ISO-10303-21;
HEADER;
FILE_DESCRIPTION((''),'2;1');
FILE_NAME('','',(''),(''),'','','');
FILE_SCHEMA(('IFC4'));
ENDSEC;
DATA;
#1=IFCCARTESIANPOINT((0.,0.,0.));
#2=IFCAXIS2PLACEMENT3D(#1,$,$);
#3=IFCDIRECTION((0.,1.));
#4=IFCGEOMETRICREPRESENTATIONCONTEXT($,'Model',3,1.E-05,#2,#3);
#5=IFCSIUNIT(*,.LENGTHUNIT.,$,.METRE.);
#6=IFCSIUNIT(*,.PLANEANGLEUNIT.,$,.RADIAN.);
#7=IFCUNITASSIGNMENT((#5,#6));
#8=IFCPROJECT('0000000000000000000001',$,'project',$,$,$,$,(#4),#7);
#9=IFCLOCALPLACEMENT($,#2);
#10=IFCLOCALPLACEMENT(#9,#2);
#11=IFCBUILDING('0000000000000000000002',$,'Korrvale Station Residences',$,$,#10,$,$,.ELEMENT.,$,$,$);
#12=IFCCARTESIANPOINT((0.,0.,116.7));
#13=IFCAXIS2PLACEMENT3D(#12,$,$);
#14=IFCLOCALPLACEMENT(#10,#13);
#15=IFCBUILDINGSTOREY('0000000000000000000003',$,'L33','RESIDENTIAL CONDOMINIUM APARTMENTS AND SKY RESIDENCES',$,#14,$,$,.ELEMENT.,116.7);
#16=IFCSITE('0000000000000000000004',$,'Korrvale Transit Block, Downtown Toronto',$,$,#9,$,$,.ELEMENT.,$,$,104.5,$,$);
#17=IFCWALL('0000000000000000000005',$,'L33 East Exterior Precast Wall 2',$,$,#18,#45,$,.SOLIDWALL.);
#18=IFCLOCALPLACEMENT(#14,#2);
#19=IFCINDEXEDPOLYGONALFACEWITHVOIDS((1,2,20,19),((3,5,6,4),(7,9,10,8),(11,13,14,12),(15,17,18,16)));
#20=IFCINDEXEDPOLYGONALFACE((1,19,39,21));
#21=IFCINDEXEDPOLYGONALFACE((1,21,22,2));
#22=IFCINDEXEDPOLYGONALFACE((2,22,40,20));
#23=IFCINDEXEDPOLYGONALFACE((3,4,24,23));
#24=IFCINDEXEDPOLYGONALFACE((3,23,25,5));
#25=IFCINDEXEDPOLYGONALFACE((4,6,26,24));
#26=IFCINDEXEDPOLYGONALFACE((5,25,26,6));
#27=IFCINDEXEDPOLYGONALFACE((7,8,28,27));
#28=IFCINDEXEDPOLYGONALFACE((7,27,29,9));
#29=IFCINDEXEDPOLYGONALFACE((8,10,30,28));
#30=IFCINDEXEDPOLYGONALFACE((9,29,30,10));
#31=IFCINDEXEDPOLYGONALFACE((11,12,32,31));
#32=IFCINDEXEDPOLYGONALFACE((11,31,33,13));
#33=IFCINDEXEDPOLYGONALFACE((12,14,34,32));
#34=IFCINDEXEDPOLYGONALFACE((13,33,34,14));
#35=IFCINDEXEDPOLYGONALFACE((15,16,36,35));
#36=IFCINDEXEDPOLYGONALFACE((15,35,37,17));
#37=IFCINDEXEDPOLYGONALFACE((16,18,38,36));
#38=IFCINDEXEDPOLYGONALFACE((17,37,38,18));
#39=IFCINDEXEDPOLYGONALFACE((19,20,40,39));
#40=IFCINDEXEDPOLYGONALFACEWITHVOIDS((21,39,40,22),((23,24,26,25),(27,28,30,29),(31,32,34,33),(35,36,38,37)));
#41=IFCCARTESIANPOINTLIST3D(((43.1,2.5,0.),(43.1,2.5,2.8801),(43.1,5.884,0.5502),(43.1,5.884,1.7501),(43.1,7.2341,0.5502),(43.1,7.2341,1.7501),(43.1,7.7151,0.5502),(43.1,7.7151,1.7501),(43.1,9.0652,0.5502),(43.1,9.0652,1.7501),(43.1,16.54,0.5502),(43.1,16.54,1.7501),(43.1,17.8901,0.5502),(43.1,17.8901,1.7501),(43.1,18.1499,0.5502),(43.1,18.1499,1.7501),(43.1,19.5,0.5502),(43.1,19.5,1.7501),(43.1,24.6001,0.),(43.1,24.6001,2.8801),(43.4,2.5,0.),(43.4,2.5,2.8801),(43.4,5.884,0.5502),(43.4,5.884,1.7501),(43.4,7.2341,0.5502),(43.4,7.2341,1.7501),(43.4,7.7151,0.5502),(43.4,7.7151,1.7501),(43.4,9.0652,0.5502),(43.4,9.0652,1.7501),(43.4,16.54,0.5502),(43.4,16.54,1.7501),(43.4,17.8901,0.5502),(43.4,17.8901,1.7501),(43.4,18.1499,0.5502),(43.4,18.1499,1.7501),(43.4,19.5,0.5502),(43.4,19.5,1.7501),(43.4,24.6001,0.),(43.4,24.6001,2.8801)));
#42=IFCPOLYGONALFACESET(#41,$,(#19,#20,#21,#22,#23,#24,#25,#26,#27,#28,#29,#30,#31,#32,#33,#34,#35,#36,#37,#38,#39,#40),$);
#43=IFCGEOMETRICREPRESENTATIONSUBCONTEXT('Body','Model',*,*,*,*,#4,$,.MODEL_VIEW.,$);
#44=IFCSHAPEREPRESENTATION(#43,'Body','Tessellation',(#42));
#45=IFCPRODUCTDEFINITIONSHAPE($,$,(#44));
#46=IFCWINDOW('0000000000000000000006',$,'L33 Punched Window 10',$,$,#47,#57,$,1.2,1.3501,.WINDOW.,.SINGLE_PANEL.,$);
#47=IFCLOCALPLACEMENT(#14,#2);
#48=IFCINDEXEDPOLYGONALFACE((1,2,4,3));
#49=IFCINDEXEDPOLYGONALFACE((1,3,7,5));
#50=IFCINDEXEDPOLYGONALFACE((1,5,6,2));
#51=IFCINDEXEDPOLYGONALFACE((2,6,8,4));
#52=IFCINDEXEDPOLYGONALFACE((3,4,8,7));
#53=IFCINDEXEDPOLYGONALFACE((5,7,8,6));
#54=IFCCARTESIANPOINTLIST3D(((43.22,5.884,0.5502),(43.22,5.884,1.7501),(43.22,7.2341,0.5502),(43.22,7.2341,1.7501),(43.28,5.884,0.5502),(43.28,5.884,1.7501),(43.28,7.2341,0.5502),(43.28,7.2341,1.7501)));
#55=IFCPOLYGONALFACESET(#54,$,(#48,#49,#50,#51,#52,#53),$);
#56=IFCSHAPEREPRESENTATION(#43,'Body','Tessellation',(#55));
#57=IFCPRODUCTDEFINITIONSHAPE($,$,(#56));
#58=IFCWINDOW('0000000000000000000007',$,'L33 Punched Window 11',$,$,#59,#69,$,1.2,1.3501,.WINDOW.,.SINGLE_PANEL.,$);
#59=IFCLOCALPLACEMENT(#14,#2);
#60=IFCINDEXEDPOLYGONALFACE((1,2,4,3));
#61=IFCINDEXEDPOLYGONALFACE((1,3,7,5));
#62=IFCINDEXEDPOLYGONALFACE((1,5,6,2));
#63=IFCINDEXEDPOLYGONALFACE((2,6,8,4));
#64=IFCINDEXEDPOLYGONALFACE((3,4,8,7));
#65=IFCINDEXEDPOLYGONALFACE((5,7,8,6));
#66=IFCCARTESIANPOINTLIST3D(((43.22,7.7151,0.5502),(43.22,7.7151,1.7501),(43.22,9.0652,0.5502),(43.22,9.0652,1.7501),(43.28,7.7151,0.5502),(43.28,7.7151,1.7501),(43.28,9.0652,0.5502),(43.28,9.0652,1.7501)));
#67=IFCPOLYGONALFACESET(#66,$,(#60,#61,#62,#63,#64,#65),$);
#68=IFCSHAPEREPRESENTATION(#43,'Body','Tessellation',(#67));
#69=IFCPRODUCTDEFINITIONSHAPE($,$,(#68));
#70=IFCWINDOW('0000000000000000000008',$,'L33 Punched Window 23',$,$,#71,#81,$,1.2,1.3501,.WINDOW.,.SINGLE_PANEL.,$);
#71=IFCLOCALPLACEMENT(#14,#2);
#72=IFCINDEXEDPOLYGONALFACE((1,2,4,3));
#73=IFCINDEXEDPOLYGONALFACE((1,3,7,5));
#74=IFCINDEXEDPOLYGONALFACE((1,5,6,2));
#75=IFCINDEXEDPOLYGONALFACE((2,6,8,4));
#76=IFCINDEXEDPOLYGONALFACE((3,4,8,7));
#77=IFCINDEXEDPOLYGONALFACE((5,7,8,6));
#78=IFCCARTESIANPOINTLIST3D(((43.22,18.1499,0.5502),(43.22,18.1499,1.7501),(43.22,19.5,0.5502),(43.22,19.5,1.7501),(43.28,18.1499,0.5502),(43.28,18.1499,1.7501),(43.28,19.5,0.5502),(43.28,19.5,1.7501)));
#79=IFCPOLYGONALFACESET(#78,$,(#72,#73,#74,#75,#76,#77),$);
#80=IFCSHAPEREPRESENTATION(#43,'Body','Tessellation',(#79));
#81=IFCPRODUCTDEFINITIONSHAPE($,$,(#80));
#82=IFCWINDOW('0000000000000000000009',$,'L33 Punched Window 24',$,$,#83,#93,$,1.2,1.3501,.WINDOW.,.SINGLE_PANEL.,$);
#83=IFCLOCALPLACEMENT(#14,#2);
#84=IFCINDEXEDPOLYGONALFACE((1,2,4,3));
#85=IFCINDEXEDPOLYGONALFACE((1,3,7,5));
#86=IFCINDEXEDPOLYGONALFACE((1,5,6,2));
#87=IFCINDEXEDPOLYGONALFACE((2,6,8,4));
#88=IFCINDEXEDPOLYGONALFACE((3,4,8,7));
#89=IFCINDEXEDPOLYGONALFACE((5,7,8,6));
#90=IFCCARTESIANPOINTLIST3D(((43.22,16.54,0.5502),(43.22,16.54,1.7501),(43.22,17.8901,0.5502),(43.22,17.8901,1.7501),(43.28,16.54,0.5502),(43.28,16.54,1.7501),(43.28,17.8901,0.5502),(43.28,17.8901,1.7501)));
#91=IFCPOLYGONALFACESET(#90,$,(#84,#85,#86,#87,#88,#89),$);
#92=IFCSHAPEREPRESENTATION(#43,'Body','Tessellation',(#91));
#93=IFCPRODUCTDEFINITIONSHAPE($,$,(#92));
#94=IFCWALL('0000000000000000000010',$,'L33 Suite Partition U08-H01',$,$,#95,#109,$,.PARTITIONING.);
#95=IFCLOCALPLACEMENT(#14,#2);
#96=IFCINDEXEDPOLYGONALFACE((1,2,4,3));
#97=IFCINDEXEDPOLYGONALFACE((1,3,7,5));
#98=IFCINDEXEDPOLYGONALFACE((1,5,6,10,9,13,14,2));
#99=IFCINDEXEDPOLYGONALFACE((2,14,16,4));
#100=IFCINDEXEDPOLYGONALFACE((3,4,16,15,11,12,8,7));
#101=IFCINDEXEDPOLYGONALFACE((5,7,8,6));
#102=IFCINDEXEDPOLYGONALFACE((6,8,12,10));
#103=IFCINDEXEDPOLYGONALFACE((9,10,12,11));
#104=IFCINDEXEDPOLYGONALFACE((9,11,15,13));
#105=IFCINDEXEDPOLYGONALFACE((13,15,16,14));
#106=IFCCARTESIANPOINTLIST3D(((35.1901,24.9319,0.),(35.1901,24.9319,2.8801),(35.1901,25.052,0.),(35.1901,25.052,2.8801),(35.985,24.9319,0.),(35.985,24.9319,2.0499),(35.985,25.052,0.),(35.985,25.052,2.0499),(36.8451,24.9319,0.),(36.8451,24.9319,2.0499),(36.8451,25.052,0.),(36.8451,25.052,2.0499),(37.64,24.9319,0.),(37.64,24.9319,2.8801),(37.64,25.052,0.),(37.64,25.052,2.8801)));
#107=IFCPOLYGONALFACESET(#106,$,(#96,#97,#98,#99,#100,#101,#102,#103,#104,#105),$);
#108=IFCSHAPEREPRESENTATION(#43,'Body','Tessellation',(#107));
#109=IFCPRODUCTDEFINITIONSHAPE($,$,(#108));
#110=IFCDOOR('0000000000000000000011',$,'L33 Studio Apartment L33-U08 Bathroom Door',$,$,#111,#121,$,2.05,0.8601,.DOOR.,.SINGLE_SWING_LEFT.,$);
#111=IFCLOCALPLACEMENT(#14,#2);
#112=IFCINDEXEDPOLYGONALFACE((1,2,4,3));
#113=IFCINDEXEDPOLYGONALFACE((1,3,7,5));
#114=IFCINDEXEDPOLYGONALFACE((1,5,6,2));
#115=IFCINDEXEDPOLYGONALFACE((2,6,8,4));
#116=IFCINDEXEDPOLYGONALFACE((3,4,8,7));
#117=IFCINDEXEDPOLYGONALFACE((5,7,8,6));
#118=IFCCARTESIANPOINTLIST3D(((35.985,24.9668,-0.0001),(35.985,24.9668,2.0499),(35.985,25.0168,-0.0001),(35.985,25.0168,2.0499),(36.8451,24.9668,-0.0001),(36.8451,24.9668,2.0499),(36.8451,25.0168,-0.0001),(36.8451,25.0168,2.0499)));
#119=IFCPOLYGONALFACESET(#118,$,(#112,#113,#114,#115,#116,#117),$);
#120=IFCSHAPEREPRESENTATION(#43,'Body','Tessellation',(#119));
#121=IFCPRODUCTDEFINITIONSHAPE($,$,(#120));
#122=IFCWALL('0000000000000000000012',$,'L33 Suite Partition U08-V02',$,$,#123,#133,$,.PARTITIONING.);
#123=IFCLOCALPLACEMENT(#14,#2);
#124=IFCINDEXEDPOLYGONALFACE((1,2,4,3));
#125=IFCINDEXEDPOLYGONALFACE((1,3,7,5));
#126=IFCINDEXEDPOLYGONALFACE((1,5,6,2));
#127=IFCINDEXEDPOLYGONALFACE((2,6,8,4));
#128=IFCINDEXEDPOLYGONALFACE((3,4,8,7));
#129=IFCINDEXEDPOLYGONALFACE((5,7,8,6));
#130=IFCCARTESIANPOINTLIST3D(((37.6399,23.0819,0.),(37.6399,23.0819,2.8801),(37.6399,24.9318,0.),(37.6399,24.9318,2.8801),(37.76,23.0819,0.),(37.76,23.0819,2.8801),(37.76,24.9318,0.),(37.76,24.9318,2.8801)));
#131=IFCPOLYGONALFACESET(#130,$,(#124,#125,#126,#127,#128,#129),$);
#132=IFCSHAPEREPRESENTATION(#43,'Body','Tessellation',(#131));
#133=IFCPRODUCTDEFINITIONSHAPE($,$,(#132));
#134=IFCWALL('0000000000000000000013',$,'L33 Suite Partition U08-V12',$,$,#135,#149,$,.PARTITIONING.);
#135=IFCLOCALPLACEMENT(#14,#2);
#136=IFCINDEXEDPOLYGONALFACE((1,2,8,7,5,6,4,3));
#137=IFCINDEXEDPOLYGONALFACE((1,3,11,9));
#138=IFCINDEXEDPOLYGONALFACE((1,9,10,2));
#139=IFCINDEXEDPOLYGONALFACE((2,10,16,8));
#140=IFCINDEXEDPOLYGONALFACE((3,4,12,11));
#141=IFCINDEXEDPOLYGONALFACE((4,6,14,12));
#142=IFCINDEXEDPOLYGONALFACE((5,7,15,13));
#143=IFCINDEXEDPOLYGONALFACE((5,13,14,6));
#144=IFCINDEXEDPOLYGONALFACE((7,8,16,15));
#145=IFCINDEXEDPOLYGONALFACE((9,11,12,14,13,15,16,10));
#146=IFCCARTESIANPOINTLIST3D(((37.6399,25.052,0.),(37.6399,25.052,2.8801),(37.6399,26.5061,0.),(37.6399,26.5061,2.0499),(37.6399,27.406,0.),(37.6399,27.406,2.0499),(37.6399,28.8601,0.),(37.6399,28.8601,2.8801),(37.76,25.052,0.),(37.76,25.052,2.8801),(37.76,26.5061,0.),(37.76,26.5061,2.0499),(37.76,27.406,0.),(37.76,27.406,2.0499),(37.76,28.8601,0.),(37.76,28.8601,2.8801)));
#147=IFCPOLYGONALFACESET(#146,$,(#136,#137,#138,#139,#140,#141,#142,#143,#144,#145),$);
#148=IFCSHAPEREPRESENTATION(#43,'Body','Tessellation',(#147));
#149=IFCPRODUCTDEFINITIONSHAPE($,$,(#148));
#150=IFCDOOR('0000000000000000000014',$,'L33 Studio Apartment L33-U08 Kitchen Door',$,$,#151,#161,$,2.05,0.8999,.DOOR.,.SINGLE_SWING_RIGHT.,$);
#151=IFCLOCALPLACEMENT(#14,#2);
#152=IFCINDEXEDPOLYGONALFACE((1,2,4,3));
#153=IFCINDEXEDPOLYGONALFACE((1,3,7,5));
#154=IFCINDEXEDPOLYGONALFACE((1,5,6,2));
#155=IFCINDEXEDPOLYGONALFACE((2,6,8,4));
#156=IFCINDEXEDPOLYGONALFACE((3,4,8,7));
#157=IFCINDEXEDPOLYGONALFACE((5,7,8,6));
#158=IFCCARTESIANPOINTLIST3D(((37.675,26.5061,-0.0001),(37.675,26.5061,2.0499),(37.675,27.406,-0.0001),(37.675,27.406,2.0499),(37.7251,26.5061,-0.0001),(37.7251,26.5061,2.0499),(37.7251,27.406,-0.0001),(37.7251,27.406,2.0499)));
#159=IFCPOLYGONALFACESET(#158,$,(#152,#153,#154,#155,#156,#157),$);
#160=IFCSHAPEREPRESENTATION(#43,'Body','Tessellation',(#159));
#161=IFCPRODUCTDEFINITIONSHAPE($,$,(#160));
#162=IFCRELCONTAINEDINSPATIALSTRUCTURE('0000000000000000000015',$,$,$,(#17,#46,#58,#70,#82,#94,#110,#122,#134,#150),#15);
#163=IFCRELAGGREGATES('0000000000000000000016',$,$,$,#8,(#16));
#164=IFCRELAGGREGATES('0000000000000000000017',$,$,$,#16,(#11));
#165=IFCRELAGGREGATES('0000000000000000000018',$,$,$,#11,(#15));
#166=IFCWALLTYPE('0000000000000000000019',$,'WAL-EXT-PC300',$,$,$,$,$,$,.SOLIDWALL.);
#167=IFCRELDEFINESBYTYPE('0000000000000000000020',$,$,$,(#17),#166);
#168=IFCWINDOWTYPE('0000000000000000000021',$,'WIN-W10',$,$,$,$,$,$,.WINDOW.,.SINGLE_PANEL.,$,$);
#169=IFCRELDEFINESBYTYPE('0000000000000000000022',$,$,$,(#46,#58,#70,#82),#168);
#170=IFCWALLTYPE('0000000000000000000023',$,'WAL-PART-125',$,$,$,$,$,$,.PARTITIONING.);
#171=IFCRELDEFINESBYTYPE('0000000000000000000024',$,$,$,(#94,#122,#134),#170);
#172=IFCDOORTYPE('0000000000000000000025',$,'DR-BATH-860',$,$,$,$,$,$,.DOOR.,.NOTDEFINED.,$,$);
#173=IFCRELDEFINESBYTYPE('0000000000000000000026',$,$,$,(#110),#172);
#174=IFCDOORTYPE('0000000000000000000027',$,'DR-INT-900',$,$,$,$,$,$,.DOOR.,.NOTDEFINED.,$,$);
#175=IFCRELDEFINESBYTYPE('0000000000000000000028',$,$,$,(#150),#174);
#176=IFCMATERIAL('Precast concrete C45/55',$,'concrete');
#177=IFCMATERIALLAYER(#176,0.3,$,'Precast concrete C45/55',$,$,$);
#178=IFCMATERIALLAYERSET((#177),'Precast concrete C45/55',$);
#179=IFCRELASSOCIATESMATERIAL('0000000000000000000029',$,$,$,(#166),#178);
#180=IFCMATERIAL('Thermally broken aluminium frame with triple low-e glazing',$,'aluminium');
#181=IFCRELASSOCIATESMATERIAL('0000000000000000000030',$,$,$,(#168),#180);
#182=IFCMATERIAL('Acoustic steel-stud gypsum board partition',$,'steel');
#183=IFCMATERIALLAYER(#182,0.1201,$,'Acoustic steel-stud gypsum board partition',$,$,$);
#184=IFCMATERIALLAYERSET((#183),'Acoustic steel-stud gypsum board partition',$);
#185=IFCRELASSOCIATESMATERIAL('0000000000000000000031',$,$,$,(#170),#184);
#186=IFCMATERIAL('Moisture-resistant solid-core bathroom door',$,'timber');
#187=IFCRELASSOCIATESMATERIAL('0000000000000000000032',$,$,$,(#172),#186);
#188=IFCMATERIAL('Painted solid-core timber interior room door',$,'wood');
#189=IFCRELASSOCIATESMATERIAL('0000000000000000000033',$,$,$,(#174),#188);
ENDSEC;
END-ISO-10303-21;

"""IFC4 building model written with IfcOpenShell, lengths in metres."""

from ifc_helpers import new_model, si_unit, direction, frame, frame_2d, origin, place, context, subcontext, project, spatial, rectangle, extrude, material, layer, layer_set, type_object, element, fill, save


model = new_model("IFC4")

# Units and contexts
model_context = context("Model", 3, precision=1e-05, world=origin(), true_north=direction((0.0, 1.0)))
body_context = subcontext(model_context, "Body", "Model", "MODEL_VIEW")
ifc_project = project(units=[si_unit("LENGTHUNIT", "METRE"), si_unit("PLANEANGLEUNIT", "RADIAN")], contexts=[model_context])

# Site, building, storey
site_placement = place(None, origin())
site = spatial("IfcSite", under=ifc_project, at=site_placement, Name="Korrvale Transit Block, Downtown Toronto", CompositionType="ELEMENT", RefElevation=104.5)
building_placement = place(site_placement, origin())
building = spatial("IfcBuilding", under=site, at=building_placement, Name="Korrvale Station Residences", CompositionType="ELEMENT")
storey_placement = place(building_placement, frame((0.0, 0.0, 116.7)))
storey = spatial("IfcBuildingStorey", under=building, at=storey_placement, Name="L33", Description="RESIDENTIAL CONDOMINIUM APARTMENTS AND SKY RESIDENCES", CompositionType="ELEMENT", Elevation=116.7)

# Shared definitions
ifc_material_1 = material(Name="Precast concrete C45/55", Category="concrete")

# Shared definitions
ifc_material_2 = material(Name="Thermally broken aluminium frame with triple low-e glazing", Category="aluminium")

# Wall, openings, windows
ifc_layer_1 = layer(ifc_material_1, 0.3, Name="Precast concrete C45/55")
ifc_layer_set_1 = layer_set([ifc_layer_1], Name="Precast concrete C45/55")
wall_type_1 = type_object("IfcWallType", Name="WAL-EXT-PC300", PredefinedType="SOLIDWALL", material=ifc_layer_set_1)
wall_1_placement = place(storey_placement, frame((43.25, 24.6001, 0.0), z_axis=(0.0, 0.0, 1.0), x_axis=(0.0, -1.0, 0.0)))
wall_1 = element("IfcWall", 1, at=wall_1_placement, inside=storey, type_object=wall_type_1, Name="L33 East Exterior Precast Wall 2", PredefinedType="SOLIDWALL", context=body_context, shape_type="SweptSolid", body=[
    extrude(rectangle(XDim=22.1001, YDim=0.3, at=frame_2d((11.05, 0.0))), origin(), (0.0, 0.0, 1.0), 2.8801),
])
opening_1_placement = place(wall_1_placement, frame((17.366, 0.0, 0.55)))
opening_1 = element("IfcOpeningElement", 2, at=opening_1_placement, cuts=wall_1, PredefinedType="OPENING", context=body_context, shape_type="SweptSolid", body=[
    extrude(rectangle(XDim=1.3501, YDim=1.2, at=frame_2d((0.675, 0.6001))), frame((0.0, 0.1602, 0.0), z_axis=(0.0, -1.0, 0.0), x_axis=(1.0, 0.0, 0.0)), (0.0, 0.0, 1.0), 0.3201),
])
opening_2_placement = place(wall_1_placement, frame((15.5349, 0.0, 0.55)))
opening_2 = element("IfcOpeningElement", 3, at=opening_2_placement, cuts=wall_1, PredefinedType="OPENING", context=body_context, shape_type="SweptSolid", body=[
    extrude(rectangle(XDim=1.3501, YDim=1.2, at=frame_2d((0.675, 0.6001))), frame((0.0, 0.1602, 0.0), z_axis=(0.0, -1.0, 0.0), x_axis=(1.0, 0.0, 0.0)), (0.0, 0.0, 1.0), 0.3201),
])
opening_3_placement = place(wall_1_placement, frame((5.1001, 0.0, 0.55)))
opening_3 = element("IfcOpeningElement", 4, at=opening_3_placement, cuts=wall_1, PredefinedType="OPENING", context=body_context, shape_type="SweptSolid", body=[
    extrude(rectangle(XDim=1.3501, YDim=1.2, at=frame_2d((0.675, 0.6001))), frame((0.0, 0.1602, 0.0), z_axis=(0.0, -1.0, 0.0), x_axis=(1.0, 0.0, 0.0)), (0.0, 0.0, 1.0), 0.3201),
])
opening_4_placement = place(wall_1_placement, frame((6.71, 0.0, 0.55)))
opening_4 = element("IfcOpeningElement", 5, at=opening_4_placement, cuts=wall_1, PredefinedType="OPENING", context=body_context, shape_type="SweptSolid", body=[
    extrude(rectangle(XDim=1.3501, YDim=1.2, at=frame_2d((0.675, 0.6001))), frame((0.0, 0.1602, 0.0), z_axis=(0.0, -1.0, 0.0), x_axis=(1.0, 0.0, 0.0)), (0.0, 0.0, 1.0), 0.3201),
])
window_type_1 = type_object("IfcWindowType", Name="WIN-W10", PartitioningType="SINGLE_PANEL", PredefinedType="WINDOW", material=ifc_material_2)
window_1_placement = place(opening_1_placement, origin())
window_1 = element("IfcWindow", 6, at=window_1_placement, inside=storey, type_object=window_type_1, Name="L33 Punched Window 10", OverallHeight=1.2, OverallWidth=1.3501, PartitioningType="SINGLE_PANEL", PredefinedType="WINDOW", context=body_context, shape_type="SweptSolid", body=[
    extrude(rectangle(XDim=1.3501, YDim=1.2, at=frame_2d((0.675, 0.6001))), frame((0.0, 0.03, 0.0), z_axis=(0.0, -1.0, 0.0), x_axis=(1.0, 0.0, 0.0)), (0.0, 0.0, 1.0), 0.0601),
])
fill(opening_1, window_1)
window_2_placement = place(opening_2_placement, origin())
window_2 = element("IfcWindow", 7, at=window_2_placement, inside=storey, type_object=window_type_1, Name="L33 Punched Window 11", OverallHeight=1.2, OverallWidth=1.3501, PartitioningType="SINGLE_PANEL", PredefinedType="WINDOW", context=body_context, shape_type="SweptSolid", body=[
    extrude(rectangle(XDim=1.3501, YDim=1.2, at=frame_2d((0.675, 0.6001))), frame((0.0, 0.03, 0.0), z_axis=(0.0, -1.0, 0.0), x_axis=(1.0, 0.0, 0.0)), (0.0, 0.0, 1.0), 0.0601),
])
fill(opening_2, window_2)
window_3_placement = place(opening_3_placement, origin())
window_3 = element("IfcWindow", 8, at=window_3_placement, inside=storey, type_object=window_type_1, Name="L33 Punched Window 23", OverallHeight=1.2, OverallWidth=1.3501, PartitioningType="SINGLE_PANEL", PredefinedType="WINDOW", context=body_context, shape_type="SweptSolid", body=[
    extrude(rectangle(XDim=1.3501, YDim=1.2, at=frame_2d((0.675, 0.6001))), frame((0.0, 0.03, 0.0), z_axis=(0.0, -1.0, 0.0), x_axis=(1.0, 0.0, 0.0)), (0.0, 0.0, 1.0), 0.0601),
])
fill(opening_3, window_3)
window_4_placement = place(opening_4_placement, origin())
window_4 = element("IfcWindow", 9, at=window_4_placement, inside=storey, type_object=window_type_1, Name="L33 Punched Window 24", OverallHeight=1.2, OverallWidth=1.3501, PartitioningType="SINGLE_PANEL", PredefinedType="WINDOW", context=body_context, shape_type="SweptSolid", body=[
    extrude(rectangle(XDim=1.3501, YDim=1.2, at=frame_2d((0.675, 0.6001))), frame((0.0, 0.03, 0.0), z_axis=(0.0, -1.0, 0.0), x_axis=(1.0, 0.0, 0.0)), (0.0, 0.0, 1.0), 0.0601),
])
fill(opening_4, window_4)

# Wall, opening, door
ifc_material_3 = material(Name="Acoustic steel-stud gypsum board partition", Category="steel")
ifc_layer_2 = layer(ifc_material_3, 0.1201, Name="Acoustic steel-stud gypsum board partition")
ifc_layer_set_2 = layer_set([ifc_layer_2], Name="Acoustic steel-stud gypsum board partition")
wall_type_2 = type_object("IfcWallType", Name="WAL-PART-125", PredefinedType="PARTITIONING", material=ifc_layer_set_2)
wall_2_placement = place(storey_placement, frame((35.1899, 24.9919, 0.0), z_axis=(0.0, 0.0, 1.0), x_axis=(1.0, 0.0, 0.0)))
wall_2 = element("IfcWall", 10, at=wall_2_placement, inside=storey, type_object=wall_type_2, Name="L33 Suite Partition U08-H01", PredefinedType="PARTITIONING", context=body_context, shape_type="SweptSolid", body=[
    extrude(rectangle(XDim=2.45, YDim=0.1201, at=frame_2d((1.2251, 0.0))), origin(), (0.0, 0.0, 1.0), 2.8801),
])
opening_5_placement = place(wall_2_placement, frame((0.7949, 0.0, 0.0)))
opening_5 = element("IfcOpeningElement", 11, at=opening_5_placement, cuts=wall_2, PredefinedType="OPENING", context=body_context, shape_type="SweptSolid", body=[
    extrude(rectangle(XDim=0.8601, YDim=2.05, at=frame_2d((0.4302, 1.0249))), frame((0.0, 0.0701, 0.0), z_axis=(0.0, -1.0, 0.0), x_axis=(1.0, 0.0, 0.0)), (0.0, 0.0, 1.0), 0.1401),
])
ifc_material_4 = material(Name="Moisture-resistant solid-core bathroom door", Category="timber")
door_type_1 = type_object("IfcDoorType", Name="DR-BATH-860", OperationType="NOTDEFINED", PredefinedType="DOOR", material=ifc_material_4)
door_1_placement = place(opening_5_placement, origin())
door_1 = element("IfcDoor", 12, at=door_1_placement, inside=storey, type_object=door_type_1, Name="L33 Studio Apartment L33-U08 Bathroom Door", OperationType="SINGLE_SWING_LEFT", OverallHeight=2.05, OverallWidth=0.8601, PredefinedType="DOOR", context=body_context, shape_type="SweptSolid", body=[
    extrude(rectangle(XDim=0.8601, YDim=2.05, at=frame_2d((0.4302, 1.0249))), frame((0.0, 0.0249, 0.0), z_axis=(0.0, -1.0, 0.0), x_axis=(1.0, 0.0, 0.0)), (0.0, 0.0, 1.0), 0.05),
])
fill(opening_5, door_1)

# Wall
wall_3_placement = place(storey_placement, frame((37.7, 23.082, 0.0), z_axis=(0.0, 0.0, 1.0), x_axis=(0.0, 1.0, 0.0)))
element("IfcWall", 13, at=wall_3_placement, inside=storey, type_object=wall_type_2, Name="L33 Suite Partition U08-V02", PredefinedType="PARTITIONING", context=body_context, shape_type="SweptSolid", body=[
    extrude(rectangle(XDim=1.8499, YDim=0.1201, at=frame_2d((0.9248, 0.0))), origin(), (0.0, 0.0, 1.0), 2.8801),
])

# Wall, opening, door
wall_4_placement = place(storey_placement, frame((37.7, 25.052, 0.0), z_axis=(0.0, 0.0, 1.0), x_axis=(0.0, 1.0, 0.0)))
wall_4 = element("IfcWall", 14, at=wall_4_placement, inside=storey, type_object=wall_type_2, Name="L33 Suite Partition U08-V12", PredefinedType="PARTITIONING", context=body_context, shape_type="SweptSolid", body=[
    extrude(rectangle(XDim=3.8081, YDim=0.1201, at=frame_2d((1.9041, 0.0))), origin(), (0.0, 0.0, 1.0), 2.8801),
])
opening_6_placement = place(wall_4_placement, frame((1.4541, 0.0, 0.0)))
opening_6 = element("IfcOpeningElement", 15, at=opening_6_placement, cuts=wall_4, PredefinedType="OPENING", context=body_context, shape_type="SweptSolid", body=[
    extrude(rectangle(XDim=0.8999, YDim=2.05, at=frame_2d((0.45, 1.0249))), frame((0.0, 0.0701, 0.0), z_axis=(0.0, -1.0, 0.0), x_axis=(1.0, 0.0, 0.0)), (0.0, 0.0, 1.0), 0.1401),
])
ifc_material_5 = material(Name="Painted solid-core timber interior room door", Category="wood")
door_type_2 = type_object("IfcDoorType", Name="DR-INT-900", OperationType="NOTDEFINED", PredefinedType="DOOR", material=ifc_material_5)
door_2_placement = place(opening_6_placement, origin())
door_2 = element("IfcDoor", 16, at=door_2_placement, inside=storey, type_object=door_type_2, Name="L33 Studio Apartment L33-U08 Kitchen Door", OperationType="SINGLE_SWING_RIGHT", OverallHeight=2.05, OverallWidth=0.8999, PredefinedType="DOOR", context=body_context, shape_type="SweptSolid", body=[
    extrude(rectangle(XDim=0.8999, YDim=2.05, at=frame_2d((0.45, 1.0249))), frame((0.0, 0.0249, 0.0), z_axis=(0.0, -1.0, 0.0), x_axis=(1.0, 0.0, 0.0)), (0.0, 0.0, 1.0), 0.05),
])
fill(opening_6, door_2)

save(model, "model.ifc")
